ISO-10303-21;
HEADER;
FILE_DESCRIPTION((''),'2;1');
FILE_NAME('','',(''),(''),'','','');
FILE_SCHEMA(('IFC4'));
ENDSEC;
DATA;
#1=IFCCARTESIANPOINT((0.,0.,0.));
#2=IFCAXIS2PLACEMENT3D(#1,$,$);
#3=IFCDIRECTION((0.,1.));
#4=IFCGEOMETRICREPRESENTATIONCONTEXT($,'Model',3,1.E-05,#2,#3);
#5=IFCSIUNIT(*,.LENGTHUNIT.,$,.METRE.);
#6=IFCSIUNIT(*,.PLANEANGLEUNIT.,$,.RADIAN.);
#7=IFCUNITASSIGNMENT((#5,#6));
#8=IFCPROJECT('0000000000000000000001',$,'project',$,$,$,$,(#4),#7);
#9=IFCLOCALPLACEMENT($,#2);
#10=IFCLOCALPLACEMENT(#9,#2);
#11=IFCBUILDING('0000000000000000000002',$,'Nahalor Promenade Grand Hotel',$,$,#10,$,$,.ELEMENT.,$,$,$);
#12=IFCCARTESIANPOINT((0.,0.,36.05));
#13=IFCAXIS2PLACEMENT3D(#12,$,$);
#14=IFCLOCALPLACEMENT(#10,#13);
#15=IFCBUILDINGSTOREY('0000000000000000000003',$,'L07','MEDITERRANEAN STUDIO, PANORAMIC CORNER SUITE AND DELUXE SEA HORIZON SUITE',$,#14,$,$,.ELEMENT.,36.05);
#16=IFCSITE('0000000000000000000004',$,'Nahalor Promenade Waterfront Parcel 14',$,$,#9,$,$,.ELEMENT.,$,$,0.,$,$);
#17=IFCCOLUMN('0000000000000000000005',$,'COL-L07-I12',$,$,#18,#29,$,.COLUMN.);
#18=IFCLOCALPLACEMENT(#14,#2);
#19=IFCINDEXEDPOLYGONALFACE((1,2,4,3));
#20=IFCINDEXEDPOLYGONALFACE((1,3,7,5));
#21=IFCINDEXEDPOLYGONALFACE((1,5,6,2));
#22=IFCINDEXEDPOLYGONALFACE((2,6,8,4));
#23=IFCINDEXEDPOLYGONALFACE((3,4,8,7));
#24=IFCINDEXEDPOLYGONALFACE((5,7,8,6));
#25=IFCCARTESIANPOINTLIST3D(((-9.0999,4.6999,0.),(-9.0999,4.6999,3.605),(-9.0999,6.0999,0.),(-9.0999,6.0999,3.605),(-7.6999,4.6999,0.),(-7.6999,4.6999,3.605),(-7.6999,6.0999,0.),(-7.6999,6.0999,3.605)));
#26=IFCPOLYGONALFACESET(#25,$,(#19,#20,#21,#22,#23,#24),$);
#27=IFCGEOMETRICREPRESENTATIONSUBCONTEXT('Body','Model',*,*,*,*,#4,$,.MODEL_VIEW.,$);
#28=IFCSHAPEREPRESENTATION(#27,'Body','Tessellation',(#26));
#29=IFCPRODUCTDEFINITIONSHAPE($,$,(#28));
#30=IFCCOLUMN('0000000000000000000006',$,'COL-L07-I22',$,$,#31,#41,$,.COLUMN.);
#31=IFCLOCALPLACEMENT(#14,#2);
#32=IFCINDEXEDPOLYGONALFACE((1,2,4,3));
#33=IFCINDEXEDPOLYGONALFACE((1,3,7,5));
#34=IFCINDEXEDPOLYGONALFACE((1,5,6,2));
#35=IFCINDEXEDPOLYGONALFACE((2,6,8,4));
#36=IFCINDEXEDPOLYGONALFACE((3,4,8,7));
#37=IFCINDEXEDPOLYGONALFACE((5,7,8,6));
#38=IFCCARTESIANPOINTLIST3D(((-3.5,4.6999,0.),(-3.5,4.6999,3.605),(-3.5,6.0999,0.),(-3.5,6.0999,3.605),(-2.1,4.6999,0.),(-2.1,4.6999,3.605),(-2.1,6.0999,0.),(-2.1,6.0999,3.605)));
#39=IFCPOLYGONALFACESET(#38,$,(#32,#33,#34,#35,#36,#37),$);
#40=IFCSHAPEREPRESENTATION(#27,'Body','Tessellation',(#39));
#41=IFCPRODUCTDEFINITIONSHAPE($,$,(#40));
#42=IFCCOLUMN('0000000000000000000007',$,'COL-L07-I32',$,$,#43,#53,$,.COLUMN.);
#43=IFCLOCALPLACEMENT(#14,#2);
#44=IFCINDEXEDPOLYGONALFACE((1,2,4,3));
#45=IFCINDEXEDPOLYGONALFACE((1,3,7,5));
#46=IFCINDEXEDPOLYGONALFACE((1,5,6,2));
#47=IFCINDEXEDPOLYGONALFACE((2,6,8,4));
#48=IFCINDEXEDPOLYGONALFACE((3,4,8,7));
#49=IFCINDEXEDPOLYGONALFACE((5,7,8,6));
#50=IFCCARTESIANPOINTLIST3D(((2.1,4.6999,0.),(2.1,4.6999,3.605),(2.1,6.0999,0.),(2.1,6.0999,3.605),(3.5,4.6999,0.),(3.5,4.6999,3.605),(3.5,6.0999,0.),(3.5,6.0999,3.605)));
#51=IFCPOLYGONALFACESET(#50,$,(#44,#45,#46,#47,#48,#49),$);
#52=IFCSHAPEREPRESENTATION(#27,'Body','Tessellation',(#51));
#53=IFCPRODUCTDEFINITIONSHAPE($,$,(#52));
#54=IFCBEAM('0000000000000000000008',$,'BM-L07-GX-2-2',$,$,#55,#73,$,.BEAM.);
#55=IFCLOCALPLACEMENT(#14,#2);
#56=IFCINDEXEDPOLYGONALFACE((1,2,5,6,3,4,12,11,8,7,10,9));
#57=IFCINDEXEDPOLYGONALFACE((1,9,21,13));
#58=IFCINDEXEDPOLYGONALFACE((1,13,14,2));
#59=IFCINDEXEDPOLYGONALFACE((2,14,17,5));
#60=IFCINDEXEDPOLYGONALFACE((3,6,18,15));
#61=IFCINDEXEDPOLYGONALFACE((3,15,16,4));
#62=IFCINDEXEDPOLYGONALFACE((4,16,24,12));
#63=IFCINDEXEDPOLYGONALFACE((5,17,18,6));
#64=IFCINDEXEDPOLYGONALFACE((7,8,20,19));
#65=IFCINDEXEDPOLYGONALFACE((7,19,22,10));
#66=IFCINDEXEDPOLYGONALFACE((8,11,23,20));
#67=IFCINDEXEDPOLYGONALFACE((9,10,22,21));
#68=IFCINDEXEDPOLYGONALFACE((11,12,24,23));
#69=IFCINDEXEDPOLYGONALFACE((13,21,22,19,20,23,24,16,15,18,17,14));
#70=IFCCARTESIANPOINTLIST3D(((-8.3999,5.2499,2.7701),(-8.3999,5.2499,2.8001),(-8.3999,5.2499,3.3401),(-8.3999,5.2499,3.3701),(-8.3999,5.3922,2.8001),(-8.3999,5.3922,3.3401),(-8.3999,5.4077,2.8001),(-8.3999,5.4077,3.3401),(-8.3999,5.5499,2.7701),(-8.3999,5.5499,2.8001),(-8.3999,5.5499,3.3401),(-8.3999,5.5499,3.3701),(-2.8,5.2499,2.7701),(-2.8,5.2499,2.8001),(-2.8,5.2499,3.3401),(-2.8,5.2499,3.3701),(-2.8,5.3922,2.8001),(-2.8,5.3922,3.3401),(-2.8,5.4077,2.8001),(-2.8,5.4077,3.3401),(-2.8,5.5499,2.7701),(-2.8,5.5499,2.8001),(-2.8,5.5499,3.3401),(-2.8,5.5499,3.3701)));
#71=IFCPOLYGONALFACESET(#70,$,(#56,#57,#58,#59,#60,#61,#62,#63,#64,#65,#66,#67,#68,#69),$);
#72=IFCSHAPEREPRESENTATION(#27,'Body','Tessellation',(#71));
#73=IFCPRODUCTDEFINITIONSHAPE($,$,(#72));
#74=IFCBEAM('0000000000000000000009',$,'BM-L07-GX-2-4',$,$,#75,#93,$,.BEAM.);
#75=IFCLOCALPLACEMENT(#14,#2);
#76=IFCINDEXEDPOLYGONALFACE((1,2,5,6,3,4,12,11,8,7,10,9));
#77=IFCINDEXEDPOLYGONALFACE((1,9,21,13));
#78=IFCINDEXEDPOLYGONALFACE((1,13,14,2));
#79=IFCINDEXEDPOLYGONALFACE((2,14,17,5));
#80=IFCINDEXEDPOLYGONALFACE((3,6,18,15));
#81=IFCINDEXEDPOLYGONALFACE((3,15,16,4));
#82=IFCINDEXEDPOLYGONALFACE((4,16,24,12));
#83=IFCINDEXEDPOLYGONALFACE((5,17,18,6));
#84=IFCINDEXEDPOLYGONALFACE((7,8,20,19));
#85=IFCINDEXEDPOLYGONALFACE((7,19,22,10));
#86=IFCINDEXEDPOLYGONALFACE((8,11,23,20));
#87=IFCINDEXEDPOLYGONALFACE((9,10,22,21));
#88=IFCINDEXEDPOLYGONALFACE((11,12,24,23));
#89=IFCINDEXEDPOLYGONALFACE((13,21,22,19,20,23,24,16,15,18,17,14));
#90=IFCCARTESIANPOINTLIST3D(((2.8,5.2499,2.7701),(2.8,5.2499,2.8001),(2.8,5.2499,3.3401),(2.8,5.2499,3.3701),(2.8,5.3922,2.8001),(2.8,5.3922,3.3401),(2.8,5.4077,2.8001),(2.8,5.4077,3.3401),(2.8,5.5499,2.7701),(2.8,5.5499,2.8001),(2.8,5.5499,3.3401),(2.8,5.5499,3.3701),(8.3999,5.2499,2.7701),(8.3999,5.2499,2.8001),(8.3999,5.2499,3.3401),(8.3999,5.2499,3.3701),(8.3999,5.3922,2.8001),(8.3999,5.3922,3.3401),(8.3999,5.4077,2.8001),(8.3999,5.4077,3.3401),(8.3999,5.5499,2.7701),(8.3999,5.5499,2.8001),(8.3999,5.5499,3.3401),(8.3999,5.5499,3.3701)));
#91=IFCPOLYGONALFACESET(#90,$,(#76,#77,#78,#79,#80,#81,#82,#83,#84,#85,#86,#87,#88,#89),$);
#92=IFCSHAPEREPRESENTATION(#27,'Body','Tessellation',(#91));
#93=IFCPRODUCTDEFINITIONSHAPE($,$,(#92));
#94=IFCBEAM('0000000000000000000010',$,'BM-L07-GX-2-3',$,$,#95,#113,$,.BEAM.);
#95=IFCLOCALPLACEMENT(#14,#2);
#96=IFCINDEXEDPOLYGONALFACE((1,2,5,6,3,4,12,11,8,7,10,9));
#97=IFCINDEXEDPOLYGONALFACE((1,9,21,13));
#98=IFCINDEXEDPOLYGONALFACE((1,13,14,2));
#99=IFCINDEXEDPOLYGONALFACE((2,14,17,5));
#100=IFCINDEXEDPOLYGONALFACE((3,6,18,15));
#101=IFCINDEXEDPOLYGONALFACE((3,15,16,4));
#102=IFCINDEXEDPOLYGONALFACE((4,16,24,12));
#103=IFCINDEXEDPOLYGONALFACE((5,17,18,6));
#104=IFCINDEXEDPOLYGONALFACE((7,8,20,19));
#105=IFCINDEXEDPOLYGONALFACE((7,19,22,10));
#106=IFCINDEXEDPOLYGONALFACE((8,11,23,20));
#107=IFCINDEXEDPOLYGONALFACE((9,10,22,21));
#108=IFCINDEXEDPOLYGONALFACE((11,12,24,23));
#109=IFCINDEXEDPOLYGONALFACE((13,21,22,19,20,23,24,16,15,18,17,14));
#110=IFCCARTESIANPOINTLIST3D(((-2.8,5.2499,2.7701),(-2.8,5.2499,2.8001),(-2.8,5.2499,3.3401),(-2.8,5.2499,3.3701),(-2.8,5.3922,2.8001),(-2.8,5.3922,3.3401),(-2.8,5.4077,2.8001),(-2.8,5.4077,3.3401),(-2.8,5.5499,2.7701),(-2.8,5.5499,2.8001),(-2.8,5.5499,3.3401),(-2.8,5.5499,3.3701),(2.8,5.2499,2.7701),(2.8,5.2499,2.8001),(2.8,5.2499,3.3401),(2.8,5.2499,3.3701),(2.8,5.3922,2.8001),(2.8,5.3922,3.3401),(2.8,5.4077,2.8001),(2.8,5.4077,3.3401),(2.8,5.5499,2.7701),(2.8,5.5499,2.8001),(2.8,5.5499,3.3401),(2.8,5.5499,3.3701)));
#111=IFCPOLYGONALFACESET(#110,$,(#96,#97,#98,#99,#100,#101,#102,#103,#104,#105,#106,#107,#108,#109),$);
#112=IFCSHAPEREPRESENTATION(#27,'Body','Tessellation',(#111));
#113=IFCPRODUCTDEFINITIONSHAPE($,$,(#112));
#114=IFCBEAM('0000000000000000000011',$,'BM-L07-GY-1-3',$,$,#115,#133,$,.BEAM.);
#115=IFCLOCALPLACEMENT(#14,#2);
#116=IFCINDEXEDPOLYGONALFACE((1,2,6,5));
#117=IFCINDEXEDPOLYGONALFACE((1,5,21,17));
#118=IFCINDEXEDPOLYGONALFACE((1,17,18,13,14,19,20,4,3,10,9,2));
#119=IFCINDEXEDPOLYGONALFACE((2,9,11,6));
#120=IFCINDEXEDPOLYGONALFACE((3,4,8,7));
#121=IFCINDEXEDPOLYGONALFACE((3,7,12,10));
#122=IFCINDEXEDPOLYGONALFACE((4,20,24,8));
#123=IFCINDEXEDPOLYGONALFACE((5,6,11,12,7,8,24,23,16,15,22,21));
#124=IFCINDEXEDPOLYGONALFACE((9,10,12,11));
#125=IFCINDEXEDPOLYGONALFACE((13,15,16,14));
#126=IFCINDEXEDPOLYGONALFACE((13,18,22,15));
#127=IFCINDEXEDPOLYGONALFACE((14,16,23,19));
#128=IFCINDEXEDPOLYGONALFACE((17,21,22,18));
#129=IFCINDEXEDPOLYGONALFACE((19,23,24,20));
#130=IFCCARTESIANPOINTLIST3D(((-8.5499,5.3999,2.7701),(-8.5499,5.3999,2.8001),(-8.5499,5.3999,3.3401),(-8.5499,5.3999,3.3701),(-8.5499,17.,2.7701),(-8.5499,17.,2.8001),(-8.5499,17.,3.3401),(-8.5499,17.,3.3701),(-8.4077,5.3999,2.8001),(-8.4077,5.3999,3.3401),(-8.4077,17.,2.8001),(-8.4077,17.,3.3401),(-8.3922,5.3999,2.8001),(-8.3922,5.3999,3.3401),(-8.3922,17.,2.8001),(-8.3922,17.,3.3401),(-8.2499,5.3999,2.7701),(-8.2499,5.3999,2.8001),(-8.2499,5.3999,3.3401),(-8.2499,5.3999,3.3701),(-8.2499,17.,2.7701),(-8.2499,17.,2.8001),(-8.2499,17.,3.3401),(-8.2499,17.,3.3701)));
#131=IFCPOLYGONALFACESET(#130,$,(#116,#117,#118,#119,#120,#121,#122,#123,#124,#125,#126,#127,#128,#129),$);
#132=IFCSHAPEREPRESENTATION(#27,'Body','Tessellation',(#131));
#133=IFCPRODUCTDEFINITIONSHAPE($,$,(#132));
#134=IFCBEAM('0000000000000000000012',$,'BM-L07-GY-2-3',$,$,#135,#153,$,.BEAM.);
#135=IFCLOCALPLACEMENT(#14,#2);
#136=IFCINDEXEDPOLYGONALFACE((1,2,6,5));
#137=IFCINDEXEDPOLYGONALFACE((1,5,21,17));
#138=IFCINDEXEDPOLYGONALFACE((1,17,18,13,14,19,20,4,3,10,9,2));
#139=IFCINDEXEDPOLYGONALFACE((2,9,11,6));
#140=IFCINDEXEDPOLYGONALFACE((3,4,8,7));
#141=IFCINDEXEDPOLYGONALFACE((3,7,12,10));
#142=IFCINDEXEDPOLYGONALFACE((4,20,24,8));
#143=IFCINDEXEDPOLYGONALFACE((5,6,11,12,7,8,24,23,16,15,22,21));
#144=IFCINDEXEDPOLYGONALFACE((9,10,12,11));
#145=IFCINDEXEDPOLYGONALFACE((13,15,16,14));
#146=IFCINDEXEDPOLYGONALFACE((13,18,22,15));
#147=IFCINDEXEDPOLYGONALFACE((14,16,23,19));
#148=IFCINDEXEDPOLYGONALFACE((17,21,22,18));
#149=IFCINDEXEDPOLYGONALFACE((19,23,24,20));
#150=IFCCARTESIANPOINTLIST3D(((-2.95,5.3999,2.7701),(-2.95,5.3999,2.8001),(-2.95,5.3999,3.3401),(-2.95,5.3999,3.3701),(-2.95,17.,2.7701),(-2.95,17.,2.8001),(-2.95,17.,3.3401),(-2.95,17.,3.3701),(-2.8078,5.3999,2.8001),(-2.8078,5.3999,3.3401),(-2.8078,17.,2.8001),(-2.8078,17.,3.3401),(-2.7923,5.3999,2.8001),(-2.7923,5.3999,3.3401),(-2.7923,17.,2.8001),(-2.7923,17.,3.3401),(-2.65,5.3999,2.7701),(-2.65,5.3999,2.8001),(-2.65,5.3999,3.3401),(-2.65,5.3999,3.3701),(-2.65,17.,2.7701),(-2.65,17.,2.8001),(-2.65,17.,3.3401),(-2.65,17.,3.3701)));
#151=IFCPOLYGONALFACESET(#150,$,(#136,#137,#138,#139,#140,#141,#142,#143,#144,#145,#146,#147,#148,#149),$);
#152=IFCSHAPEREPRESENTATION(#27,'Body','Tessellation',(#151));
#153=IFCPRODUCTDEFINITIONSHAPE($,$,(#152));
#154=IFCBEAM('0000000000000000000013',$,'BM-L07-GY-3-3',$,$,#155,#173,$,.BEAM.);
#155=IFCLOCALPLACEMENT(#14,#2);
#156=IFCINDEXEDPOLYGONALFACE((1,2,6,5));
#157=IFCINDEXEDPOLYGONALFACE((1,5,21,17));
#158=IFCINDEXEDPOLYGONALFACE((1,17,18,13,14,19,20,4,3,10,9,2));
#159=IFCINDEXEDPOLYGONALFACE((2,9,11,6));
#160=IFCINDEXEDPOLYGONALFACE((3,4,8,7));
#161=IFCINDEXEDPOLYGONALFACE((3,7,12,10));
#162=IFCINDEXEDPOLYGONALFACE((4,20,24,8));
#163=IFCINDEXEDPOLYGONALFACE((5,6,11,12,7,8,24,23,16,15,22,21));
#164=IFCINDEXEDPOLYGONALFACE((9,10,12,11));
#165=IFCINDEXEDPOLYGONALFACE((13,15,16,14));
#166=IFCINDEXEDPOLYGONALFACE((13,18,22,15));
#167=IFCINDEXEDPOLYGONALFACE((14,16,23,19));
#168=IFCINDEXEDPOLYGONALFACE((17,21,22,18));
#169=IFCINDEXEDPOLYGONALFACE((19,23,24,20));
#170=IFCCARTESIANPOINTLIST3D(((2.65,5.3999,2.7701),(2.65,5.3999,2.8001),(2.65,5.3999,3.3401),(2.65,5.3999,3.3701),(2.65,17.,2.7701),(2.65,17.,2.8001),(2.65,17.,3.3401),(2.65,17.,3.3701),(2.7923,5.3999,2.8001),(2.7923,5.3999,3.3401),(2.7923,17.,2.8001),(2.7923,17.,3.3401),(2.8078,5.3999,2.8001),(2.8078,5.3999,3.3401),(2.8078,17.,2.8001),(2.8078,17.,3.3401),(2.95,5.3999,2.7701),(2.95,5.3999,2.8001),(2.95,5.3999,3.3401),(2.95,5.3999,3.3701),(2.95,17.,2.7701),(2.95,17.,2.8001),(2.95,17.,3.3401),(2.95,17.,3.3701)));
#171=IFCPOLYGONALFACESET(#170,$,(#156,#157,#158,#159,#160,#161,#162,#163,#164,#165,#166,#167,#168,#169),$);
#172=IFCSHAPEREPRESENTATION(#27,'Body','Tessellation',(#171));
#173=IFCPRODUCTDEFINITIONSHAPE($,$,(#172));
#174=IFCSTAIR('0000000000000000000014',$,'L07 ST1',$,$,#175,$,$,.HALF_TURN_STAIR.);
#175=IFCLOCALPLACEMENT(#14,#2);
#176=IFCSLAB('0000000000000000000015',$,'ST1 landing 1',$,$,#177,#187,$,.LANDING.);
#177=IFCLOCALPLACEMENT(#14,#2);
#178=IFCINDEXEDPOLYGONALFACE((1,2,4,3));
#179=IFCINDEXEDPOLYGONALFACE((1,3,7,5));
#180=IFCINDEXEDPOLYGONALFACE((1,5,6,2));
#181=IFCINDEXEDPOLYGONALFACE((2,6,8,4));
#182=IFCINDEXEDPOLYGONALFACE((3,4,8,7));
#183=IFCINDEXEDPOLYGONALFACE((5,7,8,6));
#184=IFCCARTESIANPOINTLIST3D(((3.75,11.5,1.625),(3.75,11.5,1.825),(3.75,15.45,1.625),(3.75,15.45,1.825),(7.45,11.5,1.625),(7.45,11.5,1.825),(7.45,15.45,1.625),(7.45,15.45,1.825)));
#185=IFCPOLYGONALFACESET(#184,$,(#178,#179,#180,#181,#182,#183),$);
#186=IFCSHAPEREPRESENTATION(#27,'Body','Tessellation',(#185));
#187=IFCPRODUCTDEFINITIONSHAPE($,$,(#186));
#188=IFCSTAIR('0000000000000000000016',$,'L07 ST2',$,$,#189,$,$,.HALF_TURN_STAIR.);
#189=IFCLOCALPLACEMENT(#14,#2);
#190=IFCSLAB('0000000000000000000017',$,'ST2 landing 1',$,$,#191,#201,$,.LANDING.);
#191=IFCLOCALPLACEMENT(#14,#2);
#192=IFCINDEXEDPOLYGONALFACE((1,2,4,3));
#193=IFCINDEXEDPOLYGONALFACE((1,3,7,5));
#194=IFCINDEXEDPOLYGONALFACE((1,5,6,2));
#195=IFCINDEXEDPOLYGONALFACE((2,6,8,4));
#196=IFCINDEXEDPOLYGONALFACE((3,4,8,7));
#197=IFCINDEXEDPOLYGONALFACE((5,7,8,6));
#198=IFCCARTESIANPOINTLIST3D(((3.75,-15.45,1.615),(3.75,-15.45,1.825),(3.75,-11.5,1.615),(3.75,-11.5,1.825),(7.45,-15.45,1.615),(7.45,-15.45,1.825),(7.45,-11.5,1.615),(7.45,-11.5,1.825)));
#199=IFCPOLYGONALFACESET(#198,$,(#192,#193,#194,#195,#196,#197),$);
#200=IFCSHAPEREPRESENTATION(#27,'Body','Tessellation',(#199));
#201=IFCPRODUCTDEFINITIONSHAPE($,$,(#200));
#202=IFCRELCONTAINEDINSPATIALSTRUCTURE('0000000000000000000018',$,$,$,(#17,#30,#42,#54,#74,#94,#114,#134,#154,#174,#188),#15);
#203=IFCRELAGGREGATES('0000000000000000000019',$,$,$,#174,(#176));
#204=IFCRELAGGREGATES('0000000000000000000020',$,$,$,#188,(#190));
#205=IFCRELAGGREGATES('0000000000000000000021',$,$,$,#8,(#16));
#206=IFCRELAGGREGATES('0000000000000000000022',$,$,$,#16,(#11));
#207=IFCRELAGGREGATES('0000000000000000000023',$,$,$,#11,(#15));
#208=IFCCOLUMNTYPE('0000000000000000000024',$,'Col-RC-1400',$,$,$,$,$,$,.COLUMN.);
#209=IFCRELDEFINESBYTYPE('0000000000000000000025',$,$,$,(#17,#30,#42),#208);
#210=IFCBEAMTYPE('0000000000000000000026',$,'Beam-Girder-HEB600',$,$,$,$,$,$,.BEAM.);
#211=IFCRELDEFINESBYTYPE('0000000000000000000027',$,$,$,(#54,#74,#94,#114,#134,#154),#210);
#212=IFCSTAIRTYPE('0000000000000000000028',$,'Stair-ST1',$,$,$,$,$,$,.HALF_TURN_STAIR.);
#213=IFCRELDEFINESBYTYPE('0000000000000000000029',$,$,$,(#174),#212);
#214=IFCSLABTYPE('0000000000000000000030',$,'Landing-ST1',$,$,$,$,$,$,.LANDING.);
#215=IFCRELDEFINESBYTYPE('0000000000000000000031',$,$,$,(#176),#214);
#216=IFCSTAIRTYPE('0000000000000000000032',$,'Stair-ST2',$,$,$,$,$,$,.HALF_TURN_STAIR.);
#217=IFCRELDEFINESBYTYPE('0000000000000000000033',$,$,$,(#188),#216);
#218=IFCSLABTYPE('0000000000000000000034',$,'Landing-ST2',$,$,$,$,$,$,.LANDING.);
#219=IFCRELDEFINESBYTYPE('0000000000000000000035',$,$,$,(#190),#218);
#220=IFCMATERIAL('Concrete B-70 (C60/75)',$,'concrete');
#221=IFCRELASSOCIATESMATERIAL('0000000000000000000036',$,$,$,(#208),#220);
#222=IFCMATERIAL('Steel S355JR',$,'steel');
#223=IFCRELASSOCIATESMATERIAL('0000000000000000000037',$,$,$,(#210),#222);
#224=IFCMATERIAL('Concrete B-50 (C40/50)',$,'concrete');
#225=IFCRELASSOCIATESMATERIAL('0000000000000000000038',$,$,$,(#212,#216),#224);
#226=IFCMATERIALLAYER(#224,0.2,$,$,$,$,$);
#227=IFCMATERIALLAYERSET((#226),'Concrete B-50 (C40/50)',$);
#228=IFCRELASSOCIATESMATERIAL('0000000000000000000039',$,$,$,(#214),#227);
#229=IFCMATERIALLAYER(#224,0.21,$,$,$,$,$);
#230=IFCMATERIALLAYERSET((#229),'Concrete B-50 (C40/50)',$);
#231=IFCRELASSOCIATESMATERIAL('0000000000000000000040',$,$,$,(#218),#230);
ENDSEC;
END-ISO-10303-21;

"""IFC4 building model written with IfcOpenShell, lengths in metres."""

from ifc_helpers import new_model, si_unit, direction, frame, origin, origin_2d, place, context, subcontext, project, spatial, polyline, rectangle, i_section, outline, extrude, source, transform, mapped, material, layer, layer_set, material_profile, profile_set, type_object, element, aggregate, save


model = new_model("IFC4")

# Units and contexts
model_context = context("Model", 3, precision=1e-05, world=origin(), true_north=direction((0.0, 1.0)))
body_context = subcontext(model_context, "Body", "Model", "MODEL_VIEW")
ifc_project = project(units=[si_unit("LENGTHUNIT", "METRE"), si_unit("PLANEANGLEUNIT", "RADIAN")], contexts=[model_context])

# Site, building, storey
site_placement = place(None, origin())
site = spatial("IfcSite", under=ifc_project, at=site_placement, Name="Nahalor Promenade Waterfront Parcel 14", CompositionType="ELEMENT", RefElevation=0.0)
building_placement = place(site_placement, origin())
building = spatial("IfcBuilding", under=site, at=building_placement, Name="Nahalor Promenade Grand Hotel", CompositionType="ELEMENT")
storey_placement = place(building_placement, frame((0.0, 0.0, 36.05)))
storey = spatial("IfcBuildingStorey", under=building, at=storey_placement, Name="L07", Description="MEDITERRANEAN STUDIO, PANORAMIC CORNER SUITE AND DELUXE SEA HORIZON SUITE", CompositionType="ELEMENT", Elevation=36.05)

# Columns
ifc_material_1 = material(Name="Concrete B-70 (C60/75)", Category="concrete")
ifc_material_profile_1 = material_profile(ifc_material_1, rectangle(XDim=1.4, YDim=1.4, at=origin_2d()), Name="RC 1400x1400")
ifc_profile_set_1 = profile_set([ifc_material_profile_1], Name="Concrete B-70 (C60/75)")
column_type = type_object("IfcColumnType", Name="Col-RC-1400", PredefinedType="COLUMN", material=ifc_profile_set_1)
shared_shape_1 = source(origin(), body_context, "Body", "SweptSolid", [
    extrude(rectangle(XDim=1.4, YDim=1.4, at=origin_2d()), origin(), (0.0, 0.0, 1.0), 3.605),
])
for number, where, z_axis, x_axis, name in (
    (1, (-8.3999, 5.3999, 0.0), (0.0, 0.0, 1.0), (1.0, 0.0, 0.0), "COL-L07-I12"),
    (2, (-2.8, 5.3999, 0.0), (0.0, 0.0, 1.0), (1.0, 0.0, 0.0), "COL-L07-I22"),
    (3, (2.8, 5.3999, 0.0), (0.0, 0.0, 1.0), (1.0, 0.0, 0.0), "COL-L07-I32"),
):
    element("IfcColumn", number, at=place(storey_placement, frame(where, z_axis=z_axis, x_axis=x_axis)), inside=storey, type_object=column_type, Name=name, PredefinedType="COLUMN", context=body_context, shape_type="MappedRepresentation", body=[
        mapped(shared_shape_1, transform((0.0, 0.0, 0.0), scale=1.0)),
    ])

# Beams
ifc_material_2 = material(Name="Steel S355JR", Category="steel")
ifc_material_profile_2 = material_profile(ifc_material_2, i_section(OverallWidth=0.3, OverallDepth=0.6, WebThickness=0.0155, FlangeThickness=0.03, at=origin_2d()), Name="HEB 600")
ifc_profile_set_2 = profile_set([ifc_material_profile_2], Name="Steel S355JR")
beam_type = type_object("IfcBeamType", Name="Beam-Girder-HEB600", PredefinedType="BEAM", material=ifc_profile_set_2)
shared_shape_2 = source(origin(), body_context, "Body", "SweptSolid", [
    extrude(i_section(OverallWidth=0.3, OverallDepth=0.6, WebThickness=0.0155, FlangeThickness=0.03, at=origin_2d()), origin(), (0.0, 0.0, 1.0), 5.5999),
])
for number, where, z_axis, x_axis, name in (
    (4, (-8.3999, 5.3999, 3.0701), (1.0, 0.0, 0.0), (0.0, 1.0, 0.0), "BM-L07-GX-2-2"),
    (5, (2.8, 5.3999, 3.0701), (1.0, 0.0, 0.0), (0.0, 1.0, 0.0), "BM-L07-GX-2-4"),
):
    element("IfcBeam", number, at=place(storey_placement, frame(where, z_axis=z_axis, x_axis=x_axis)), inside=storey, type_object=beam_type, Name=name, PredefinedType="BEAM", context=body_context, shape_type="MappedRepresentation", body=[
        mapped(shared_shape_2, transform((0.0, 0.0, 0.0), scale=1.0)),
    ])
shared_shape_3 = source(origin(), body_context, "Body", "SweptSolid", [
    extrude(i_section(OverallWidth=0.3, OverallDepth=0.6, WebThickness=0.0155, FlangeThickness=0.03, at=origin_2d()), origin(), (0.0, 0.0, 1.0), 5.6001),
])
beam_placement = place(storey_placement, frame((-2.8, 5.3999, 3.0701), z_axis=(1.0, 0.0, 0.0), x_axis=(0.0, 1.0, 0.0)))
element("IfcBeam", 6, at=beam_placement, inside=storey, type_object=beam_type, Name="BM-L07-GX-2-3", PredefinedType="BEAM", context=body_context, shape_type="MappedRepresentation", body=[
    mapped(shared_shape_3, transform((0.0, 0.0, 0.0), scale=1.0)),
])
shared_shape_4 = source(origin(), body_context, "Body", "SweptSolid", [
    extrude(i_section(OverallWidth=0.3, OverallDepth=0.6, WebThickness=0.0155, FlangeThickness=0.03, at=origin_2d()), origin(), (0.0, 0.0, 1.0), 11.6001),
])
for number, where, z_axis, x_axis, name in (
    (7, (-8.3999, 5.3999, 3.0701), (0.0, 1.0, 0.0), (-1.0, 0.0, 0.0), "BM-L07-GY-1-3"),
    (8, (-2.8, 5.3999, 3.0701), (0.0, 1.0, 0.0), (-1.0, 0.0, 0.0), "BM-L07-GY-2-3"),
    (9, (2.8, 5.3999, 3.0701), (0.0, 1.0, 0.0), (-1.0, 0.0, 0.0), "BM-L07-GY-3-3"),
):
    element("IfcBeam", number, at=place(storey_placement, frame(where, z_axis=z_axis, x_axis=x_axis)), inside=storey, type_object=beam_type, Name=name, PredefinedType="BEAM", context=body_context, shape_type="MappedRepresentation", body=[
        mapped(shared_shape_4, transform((0.0, 0.0, 0.0), scale=1.0)),
    ])

# Stairs, slabs
ifc_material_3 = material(Name="Concrete B-50 (C40/50)", Category="concrete")
stair_type_1 = type_object("IfcStairType", Name="Stair-ST1", PredefinedType="HALF_TURN_STAIR", material=ifc_material_3)
stair_1_placement = place(storey_placement, origin())
stair_1 = element("IfcStair", 10, at=stair_1_placement, inside=storey, type_object=stair_type_1, Name="L07 ST1", PredefinedType="HALF_TURN_STAIR")
ifc_layer_1 = layer(ifc_material_3, 0.2)
ifc_layer_set_1 = layer_set([ifc_layer_1], Name="Concrete B-50 (C40/50)")
slab_type_1 = type_object("IfcSlabType", Name="Landing-ST1", PredefinedType="LANDING", material=ifc_layer_set_1)
slab_1_placement = place(storey_placement, frame((0.0, 0.0, 1.625)))
slab_1 = element("IfcSlab", 11, at=slab_1_placement, type_object=slab_type_1, Name="ST1 landing 1", PredefinedType="LANDING", context=body_context, shape_type="SweptSolid", body=[
    extrude(outline(polyline([(7.45, 11.5), (7.45, 15.45), (3.75, 15.45), (3.75, 11.5), (7.45, 11.5)])), origin(), (0.0, 0.0, 1.0), 0.2),
])
aggregate(stair_1, [slab_1])
stair_type_2 = type_object("IfcStairType", Name="Stair-ST2", PredefinedType="HALF_TURN_STAIR", material=ifc_material_3)
stair_2_placement = place(storey_placement, origin())
stair_2 = element("IfcStair", 12, at=stair_2_placement, inside=storey, type_object=stair_type_2, Name="L07 ST2", PredefinedType="HALF_TURN_STAIR")
ifc_layer_2 = layer(ifc_material_3, 0.21)
ifc_layer_set_2 = layer_set([ifc_layer_2], Name="Concrete B-50 (C40/50)")
slab_type_2 = type_object("IfcSlabType", Name="Landing-ST2", PredefinedType="LANDING", material=ifc_layer_set_2)
slab_2_placement = place(storey_placement, frame((0.0, 0.0, 1.615)))
slab_2 = element("IfcSlab", 13, at=slab_2_placement, type_object=slab_type_2, Name="ST2 landing 1", PredefinedType="LANDING", context=body_context, shape_type="SweptSolid", body=[
    extrude(outline(polyline([(3.75, -11.5), (3.75, -15.45), (7.45, -15.45), (7.45, -11.5), (3.75, -11.5)])), origin(), (0.0, 0.0, 1.0), 0.21),
])
aggregate(stair_2, [slab_2])

save(model, "model.ifc")
